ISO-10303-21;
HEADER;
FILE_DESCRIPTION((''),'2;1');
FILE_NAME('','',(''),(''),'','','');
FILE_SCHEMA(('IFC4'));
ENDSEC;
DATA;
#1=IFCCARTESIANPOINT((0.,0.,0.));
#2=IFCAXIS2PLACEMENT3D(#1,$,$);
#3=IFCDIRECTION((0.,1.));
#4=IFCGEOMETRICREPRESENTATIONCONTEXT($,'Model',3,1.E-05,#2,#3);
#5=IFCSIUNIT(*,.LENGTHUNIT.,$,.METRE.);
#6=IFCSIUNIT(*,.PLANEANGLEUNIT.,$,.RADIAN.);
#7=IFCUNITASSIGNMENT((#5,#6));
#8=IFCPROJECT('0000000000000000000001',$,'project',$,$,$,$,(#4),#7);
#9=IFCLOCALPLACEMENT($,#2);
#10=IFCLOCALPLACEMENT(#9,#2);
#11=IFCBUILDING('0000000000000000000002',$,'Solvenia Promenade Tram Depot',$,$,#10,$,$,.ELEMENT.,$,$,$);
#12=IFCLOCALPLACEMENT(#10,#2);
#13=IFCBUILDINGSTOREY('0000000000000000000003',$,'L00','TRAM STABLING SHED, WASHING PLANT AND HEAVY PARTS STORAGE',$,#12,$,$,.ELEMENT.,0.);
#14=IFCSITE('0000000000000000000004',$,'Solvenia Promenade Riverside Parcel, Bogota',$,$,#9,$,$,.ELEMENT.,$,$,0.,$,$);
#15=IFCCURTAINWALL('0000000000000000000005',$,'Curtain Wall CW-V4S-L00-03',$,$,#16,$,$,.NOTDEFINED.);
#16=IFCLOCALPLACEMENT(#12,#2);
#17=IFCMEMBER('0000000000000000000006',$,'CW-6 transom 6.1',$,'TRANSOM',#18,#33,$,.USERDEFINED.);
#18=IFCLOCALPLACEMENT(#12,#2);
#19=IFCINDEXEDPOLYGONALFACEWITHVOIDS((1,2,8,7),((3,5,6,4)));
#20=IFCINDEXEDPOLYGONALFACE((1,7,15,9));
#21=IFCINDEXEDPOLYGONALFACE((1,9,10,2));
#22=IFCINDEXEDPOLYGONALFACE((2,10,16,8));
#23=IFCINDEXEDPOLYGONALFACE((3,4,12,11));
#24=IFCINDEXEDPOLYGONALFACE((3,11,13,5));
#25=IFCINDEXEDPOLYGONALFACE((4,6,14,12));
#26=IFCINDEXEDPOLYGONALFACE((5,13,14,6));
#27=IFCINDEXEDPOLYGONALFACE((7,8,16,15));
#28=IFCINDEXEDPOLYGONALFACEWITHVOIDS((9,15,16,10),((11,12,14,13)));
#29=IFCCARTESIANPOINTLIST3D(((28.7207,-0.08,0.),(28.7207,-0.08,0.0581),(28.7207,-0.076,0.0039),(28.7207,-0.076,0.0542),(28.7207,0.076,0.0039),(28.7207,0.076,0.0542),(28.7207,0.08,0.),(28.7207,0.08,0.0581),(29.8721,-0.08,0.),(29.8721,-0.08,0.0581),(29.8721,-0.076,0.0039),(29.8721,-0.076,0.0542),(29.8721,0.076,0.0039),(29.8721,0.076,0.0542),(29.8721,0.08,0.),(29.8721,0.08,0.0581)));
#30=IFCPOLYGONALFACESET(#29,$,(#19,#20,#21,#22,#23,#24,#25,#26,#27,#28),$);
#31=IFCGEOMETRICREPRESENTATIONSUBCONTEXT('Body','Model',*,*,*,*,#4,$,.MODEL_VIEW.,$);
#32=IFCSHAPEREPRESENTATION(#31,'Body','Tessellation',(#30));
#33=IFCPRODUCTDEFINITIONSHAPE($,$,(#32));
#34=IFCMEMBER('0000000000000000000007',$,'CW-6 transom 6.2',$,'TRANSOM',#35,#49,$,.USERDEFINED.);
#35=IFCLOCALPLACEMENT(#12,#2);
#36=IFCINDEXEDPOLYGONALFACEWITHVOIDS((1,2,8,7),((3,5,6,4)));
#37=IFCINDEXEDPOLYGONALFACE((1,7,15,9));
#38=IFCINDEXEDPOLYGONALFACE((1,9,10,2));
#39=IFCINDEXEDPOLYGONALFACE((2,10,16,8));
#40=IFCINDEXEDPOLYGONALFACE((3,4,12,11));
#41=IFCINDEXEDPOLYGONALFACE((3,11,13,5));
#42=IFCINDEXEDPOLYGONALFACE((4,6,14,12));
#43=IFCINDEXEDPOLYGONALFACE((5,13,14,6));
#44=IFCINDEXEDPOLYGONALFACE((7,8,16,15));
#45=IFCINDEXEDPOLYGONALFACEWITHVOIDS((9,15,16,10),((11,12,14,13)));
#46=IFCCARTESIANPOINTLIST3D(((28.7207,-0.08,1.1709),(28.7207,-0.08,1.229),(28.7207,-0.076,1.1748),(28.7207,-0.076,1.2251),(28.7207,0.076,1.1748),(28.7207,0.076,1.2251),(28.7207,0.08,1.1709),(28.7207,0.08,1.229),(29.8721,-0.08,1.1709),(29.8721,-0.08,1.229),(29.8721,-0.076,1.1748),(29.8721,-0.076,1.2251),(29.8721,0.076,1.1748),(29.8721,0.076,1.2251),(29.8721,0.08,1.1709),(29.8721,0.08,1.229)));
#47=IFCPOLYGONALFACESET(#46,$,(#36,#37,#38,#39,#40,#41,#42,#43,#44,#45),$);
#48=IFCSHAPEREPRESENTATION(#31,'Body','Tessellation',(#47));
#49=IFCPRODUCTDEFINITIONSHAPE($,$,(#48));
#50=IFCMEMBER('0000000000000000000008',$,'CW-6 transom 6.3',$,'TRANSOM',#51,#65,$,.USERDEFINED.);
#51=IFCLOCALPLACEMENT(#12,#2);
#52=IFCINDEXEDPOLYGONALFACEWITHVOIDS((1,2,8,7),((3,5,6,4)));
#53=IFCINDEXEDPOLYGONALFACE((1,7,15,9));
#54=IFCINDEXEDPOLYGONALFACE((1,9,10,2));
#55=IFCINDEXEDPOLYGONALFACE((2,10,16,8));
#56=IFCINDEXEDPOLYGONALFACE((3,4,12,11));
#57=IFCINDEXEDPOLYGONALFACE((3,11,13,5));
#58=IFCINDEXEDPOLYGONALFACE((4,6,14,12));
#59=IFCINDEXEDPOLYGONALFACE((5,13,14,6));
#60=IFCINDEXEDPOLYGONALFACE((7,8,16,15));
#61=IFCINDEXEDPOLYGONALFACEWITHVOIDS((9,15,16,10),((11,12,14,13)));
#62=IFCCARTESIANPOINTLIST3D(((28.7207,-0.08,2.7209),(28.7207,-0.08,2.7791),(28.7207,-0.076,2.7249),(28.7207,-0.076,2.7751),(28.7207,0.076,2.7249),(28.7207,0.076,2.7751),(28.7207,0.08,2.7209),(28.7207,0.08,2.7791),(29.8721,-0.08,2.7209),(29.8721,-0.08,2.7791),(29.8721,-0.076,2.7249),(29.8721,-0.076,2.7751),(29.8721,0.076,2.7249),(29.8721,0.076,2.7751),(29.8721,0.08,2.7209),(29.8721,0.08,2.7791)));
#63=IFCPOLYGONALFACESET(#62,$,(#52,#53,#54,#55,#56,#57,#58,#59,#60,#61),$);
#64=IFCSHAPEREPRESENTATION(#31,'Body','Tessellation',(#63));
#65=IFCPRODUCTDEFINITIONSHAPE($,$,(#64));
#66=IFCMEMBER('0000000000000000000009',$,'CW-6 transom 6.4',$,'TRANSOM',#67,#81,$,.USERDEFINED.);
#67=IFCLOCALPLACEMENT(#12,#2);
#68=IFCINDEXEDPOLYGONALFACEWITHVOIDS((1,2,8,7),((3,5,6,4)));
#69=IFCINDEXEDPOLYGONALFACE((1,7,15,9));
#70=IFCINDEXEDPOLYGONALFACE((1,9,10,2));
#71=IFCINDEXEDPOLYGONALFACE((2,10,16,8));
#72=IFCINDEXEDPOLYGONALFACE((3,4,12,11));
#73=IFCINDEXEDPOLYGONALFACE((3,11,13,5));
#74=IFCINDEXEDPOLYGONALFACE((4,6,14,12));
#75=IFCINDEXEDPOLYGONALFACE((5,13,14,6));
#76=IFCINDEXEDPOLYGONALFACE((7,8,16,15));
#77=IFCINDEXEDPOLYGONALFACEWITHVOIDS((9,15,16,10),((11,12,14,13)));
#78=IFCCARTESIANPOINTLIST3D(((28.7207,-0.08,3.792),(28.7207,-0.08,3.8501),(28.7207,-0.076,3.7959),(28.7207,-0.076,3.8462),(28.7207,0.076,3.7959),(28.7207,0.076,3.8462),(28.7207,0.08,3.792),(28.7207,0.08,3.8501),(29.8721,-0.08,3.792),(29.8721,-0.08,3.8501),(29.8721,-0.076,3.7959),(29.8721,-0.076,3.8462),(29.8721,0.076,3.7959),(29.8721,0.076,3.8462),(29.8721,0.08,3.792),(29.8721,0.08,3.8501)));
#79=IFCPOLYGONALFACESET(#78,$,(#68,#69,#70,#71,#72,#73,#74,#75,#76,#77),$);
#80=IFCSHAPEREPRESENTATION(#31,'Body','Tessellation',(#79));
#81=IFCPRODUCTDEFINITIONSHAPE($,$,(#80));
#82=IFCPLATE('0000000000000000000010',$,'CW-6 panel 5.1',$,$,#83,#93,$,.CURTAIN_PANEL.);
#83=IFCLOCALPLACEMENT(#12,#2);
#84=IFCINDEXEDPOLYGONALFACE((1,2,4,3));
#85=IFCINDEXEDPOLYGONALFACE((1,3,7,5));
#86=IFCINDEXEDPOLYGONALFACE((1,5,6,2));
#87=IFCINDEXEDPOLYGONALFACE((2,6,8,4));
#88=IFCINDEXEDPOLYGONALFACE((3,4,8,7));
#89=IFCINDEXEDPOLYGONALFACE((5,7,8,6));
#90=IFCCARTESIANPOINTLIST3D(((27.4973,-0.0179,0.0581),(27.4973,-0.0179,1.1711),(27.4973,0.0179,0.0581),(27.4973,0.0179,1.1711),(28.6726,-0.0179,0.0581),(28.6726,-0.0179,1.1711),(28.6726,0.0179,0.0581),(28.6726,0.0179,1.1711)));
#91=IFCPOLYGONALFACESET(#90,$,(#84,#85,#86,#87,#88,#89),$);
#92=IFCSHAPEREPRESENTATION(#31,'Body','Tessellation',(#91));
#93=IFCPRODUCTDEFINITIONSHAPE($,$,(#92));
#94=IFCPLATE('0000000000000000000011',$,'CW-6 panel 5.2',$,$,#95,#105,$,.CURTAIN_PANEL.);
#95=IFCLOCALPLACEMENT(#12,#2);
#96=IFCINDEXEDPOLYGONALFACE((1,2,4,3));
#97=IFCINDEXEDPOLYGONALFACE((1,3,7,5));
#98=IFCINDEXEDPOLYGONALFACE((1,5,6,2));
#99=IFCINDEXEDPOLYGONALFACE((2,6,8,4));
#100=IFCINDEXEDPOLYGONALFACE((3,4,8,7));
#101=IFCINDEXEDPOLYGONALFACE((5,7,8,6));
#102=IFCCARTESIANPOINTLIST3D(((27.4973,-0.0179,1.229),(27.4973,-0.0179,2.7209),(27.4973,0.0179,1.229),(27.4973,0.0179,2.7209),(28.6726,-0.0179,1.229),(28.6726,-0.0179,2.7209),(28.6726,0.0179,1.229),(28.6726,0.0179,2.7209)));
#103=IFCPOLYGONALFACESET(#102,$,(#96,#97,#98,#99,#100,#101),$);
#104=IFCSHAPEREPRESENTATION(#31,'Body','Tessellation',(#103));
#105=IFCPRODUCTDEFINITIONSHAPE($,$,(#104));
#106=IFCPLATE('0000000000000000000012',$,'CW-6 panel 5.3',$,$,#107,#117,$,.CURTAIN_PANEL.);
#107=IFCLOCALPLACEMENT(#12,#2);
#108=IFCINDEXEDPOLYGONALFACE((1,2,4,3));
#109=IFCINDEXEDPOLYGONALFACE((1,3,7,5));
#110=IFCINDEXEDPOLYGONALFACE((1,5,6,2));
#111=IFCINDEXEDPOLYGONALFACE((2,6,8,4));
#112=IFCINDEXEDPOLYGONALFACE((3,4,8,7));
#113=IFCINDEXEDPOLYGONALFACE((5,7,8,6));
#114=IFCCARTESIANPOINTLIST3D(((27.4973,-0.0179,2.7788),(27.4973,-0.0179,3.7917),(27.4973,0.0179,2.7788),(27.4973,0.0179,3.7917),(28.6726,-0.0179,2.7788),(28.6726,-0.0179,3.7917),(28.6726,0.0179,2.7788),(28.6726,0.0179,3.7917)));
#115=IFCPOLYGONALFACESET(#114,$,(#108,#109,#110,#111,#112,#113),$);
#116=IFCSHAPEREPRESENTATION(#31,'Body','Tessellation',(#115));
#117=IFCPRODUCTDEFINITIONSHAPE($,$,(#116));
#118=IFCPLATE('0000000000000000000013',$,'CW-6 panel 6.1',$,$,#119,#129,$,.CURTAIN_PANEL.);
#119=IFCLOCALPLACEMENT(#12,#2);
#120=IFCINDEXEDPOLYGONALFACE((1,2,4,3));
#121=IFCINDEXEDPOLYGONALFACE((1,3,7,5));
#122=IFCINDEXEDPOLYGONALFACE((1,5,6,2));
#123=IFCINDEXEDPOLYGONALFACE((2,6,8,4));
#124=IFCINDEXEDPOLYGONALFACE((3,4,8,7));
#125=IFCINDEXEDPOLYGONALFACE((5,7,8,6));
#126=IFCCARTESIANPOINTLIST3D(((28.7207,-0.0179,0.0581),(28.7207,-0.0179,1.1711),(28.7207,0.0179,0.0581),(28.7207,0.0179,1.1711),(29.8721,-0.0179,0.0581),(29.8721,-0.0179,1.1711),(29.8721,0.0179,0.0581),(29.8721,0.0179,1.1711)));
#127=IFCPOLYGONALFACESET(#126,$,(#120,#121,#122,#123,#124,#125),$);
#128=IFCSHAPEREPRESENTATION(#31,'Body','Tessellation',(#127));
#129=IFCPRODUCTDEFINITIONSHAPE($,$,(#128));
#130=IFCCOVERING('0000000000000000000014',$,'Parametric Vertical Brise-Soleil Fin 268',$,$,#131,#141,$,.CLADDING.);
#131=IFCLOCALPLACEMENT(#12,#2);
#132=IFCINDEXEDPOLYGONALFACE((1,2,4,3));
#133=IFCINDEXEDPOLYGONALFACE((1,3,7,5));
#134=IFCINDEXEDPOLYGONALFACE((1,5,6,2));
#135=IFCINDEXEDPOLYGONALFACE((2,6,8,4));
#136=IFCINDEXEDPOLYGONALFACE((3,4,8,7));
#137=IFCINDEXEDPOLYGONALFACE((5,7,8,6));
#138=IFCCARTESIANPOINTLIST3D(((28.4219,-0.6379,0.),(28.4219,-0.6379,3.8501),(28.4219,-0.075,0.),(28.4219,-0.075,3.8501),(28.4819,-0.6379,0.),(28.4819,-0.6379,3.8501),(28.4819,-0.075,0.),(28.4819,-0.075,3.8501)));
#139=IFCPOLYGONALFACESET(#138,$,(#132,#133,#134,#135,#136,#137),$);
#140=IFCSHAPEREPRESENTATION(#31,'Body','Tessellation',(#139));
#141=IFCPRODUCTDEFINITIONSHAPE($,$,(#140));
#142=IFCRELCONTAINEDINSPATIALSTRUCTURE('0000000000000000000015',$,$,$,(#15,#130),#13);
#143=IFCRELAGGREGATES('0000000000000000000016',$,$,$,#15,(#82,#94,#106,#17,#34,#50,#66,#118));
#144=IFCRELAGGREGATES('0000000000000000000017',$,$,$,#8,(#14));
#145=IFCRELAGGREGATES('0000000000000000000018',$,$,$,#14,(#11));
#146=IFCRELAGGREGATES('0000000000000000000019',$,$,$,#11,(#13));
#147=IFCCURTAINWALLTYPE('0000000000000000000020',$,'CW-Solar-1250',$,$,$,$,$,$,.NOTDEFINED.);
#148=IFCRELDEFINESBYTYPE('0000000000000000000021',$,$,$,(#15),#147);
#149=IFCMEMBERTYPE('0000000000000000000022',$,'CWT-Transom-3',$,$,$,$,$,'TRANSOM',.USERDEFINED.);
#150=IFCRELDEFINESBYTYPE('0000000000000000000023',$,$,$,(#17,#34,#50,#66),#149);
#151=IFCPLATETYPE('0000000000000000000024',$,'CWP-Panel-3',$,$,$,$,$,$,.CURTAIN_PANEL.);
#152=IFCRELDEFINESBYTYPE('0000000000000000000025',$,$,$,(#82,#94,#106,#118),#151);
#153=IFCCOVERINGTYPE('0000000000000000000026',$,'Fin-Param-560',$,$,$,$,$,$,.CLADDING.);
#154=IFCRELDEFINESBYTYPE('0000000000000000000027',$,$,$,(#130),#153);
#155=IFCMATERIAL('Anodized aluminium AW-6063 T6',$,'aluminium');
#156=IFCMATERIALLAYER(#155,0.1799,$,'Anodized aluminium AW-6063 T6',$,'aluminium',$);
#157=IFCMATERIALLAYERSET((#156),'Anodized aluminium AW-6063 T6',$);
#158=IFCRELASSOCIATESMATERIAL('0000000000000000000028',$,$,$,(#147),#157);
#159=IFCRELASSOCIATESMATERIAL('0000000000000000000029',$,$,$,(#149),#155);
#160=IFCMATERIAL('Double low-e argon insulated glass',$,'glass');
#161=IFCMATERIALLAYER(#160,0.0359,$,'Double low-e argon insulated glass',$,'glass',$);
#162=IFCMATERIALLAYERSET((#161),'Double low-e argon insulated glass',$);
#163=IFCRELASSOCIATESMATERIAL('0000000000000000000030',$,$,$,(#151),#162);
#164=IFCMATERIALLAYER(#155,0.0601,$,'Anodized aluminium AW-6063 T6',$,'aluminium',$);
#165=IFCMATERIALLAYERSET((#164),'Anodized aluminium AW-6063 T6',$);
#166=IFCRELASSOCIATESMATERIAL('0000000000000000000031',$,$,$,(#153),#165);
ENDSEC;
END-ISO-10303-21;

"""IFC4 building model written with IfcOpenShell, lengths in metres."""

from ifc_helpers import new_model, si_unit, direction, frame, origin, origin_2d, place, context, subcontext, project, spatial, rectangle, hollow_rectangle, extrude, material, layer, layer_set, material_profile, profile_set, type_object, element, aggregate, save


model = new_model("IFC4")

# Units and contexts
model_context = context("Model", 3, precision=1e-05, world=origin(), true_north=direction((0.0, 1.0)))
body_context = subcontext(model_context, "Body", "Model", "MODEL_VIEW")
ifc_project = project(units=[si_unit("LENGTHUNIT", "METRE"), si_unit("PLANEANGLEUNIT", "RADIAN")], contexts=[model_context])

# Site, building, storey
site_placement = place(None, origin())
site = spatial("IfcSite", under=ifc_project, at=site_placement, Name="Solvenia Promenade Riverside Parcel, Bogota", CompositionType="ELEMENT", RefElevation=0.0)
building_placement = place(site_placement, origin())
building = spatial("IfcBuilding", under=site, at=building_placement, Name="Solvenia Promenade Tram Depot", CompositionType="ELEMENT")
storey_placement = place(building_placement, origin())
storey = spatial("IfcBuildingStorey", under=building, at=storey_placement, Name="L00", Description="TRAM STABLING SHED, WASHING PLANT AND HEAVY PARTS STORAGE", CompositionType="ELEMENT", Elevation=0.0)

# Curtain wall, members, plates
ifc_material_1 = material(Name="Anodized aluminium AW-6063 T6", Category="aluminium")
ifc_layer_1 = layer(ifc_material_1, 0.1799, Name="Anodized aluminium AW-6063 T6", Category="aluminium")
ifc_layer_set_1 = layer_set([ifc_layer_1], Name="Anodized aluminium AW-6063 T6")
curtain_wall_type = type_object("IfcCurtainWallType", Name="CW-Solar-1250", PredefinedType="NOTDEFINED", material=ifc_layer_set_1)
curtain_wall_placement = place(storey_placement, origin())
curtain_wall = element("IfcCurtainWall", 1, at=curtain_wall_placement, inside=storey, type_object=curtain_wall_type, Name="Curtain Wall CW-V4S-L00-03", PredefinedType="NOTDEFINED")
ifc_material_profile_1 = material_profile(ifc_material_1, hollow_rectangle(XDim=0.1599, YDim=0.0581, WallThickness=0.0039, at=origin_2d()), Name="ALU-T3", Category="aluminium")
ifc_profile_set_1 = profile_set([ifc_material_profile_1], Name="Anodized aluminium AW-6063 T6")
member_type_1 = type_object("IfcMemberType", Name="CWT-Transom-3", ElementType="TRANSOM", PredefinedType="USERDEFINED", material=ifc_profile_set_1)
member_1_placement = place(storey_placement, frame((28.7207, 0.0, 0.0291), z_axis=(1.0, 0.0, 0.0), x_axis=(0.0, 1.0, 0.0)))
member_1 = element("IfcMember", 2, at=member_1_placement, type_object=member_type_1, Name="CW-6 transom 6.1", ObjectType="TRANSOM", PredefinedType="USERDEFINED", context=body_context, shape_type="SweptSolid", body=[
    extrude(hollow_rectangle(XDim=0.1599, YDim=0.0581, WallThickness=0.0039, at=origin_2d()), origin(), (0.0, 0.0, 1.0), 1.1514),
])
member_2_placement = place(storey_placement, frame((28.7207, 0.0, 1.2), z_axis=(1.0, 0.0, 0.0), x_axis=(0.0, 1.0, 0.0)))
member_2 = element("IfcMember", 3, at=member_2_placement, type_object=member_type_1, Name="CW-6 transom 6.2", ObjectType="TRANSOM", PredefinedType="USERDEFINED", context=body_context, shape_type="SweptSolid", body=[
    extrude(hollow_rectangle(XDim=0.1599, YDim=0.0581, WallThickness=0.0039, at=origin_2d()), origin(), (0.0, 0.0, 1.0), 1.1514),
])
member_3_placement = place(storey_placement, frame((28.7207, 0.0, 2.75), z_axis=(1.0, 0.0, 0.0), x_axis=(0.0, 1.0, 0.0)))
member_3 = element("IfcMember", 4, at=member_3_placement, type_object=member_type_1, Name="CW-6 transom 6.3", ObjectType="TRANSOM", PredefinedType="USERDEFINED", context=body_context, shape_type="SweptSolid", body=[
    extrude(hollow_rectangle(XDim=0.1599, YDim=0.0581, WallThickness=0.0039, at=origin_2d()), origin(), (0.0, 0.0, 1.0), 1.1514),
])
member_4_placement = place(storey_placement, frame((28.7207, 0.0, 3.821), z_axis=(1.0, 0.0, 0.0), x_axis=(0.0, 1.0, 0.0)))
member_4 = element("IfcMember", 5, at=member_4_placement, type_object=member_type_1, Name="CW-6 transom 6.4", ObjectType="TRANSOM", PredefinedType="USERDEFINED", context=body_context, shape_type="SweptSolid", body=[
    extrude(hollow_rectangle(XDim=0.1599, YDim=0.0581, WallThickness=0.0039, at=origin_2d()), origin(), (0.0, 0.0, 1.0), 1.1514),
])
ifc_material_2 = material(Name="Double low-e argon insulated glass", Category="glass")
ifc_layer_2 = layer(ifc_material_2, 0.0359, Name="Double low-e argon insulated glass", Category="glass")
ifc_layer_set_2 = layer_set([ifc_layer_2], Name="Double low-e argon insulated glass")
plate_type = type_object("IfcPlateType", Name="CWP-Panel-3", PredefinedType="CURTAIN_PANEL", material=ifc_layer_set_2)
plate_1_placement = place(storey_placement, frame((28.085, 0.0, 0.0581), z_axis=(0.0, 0.0, 1.0), x_axis=(1.0, 0.0, 0.0)))
plate_1 = element("IfcPlate", 6, at=plate_1_placement, type_object=plate_type, Name="CW-6 panel 5.1", PredefinedType="CURTAIN_PANEL", context=body_context, shape_type="SweptSolid", body=[
    extrude(rectangle(XDim=1.1753, YDim=0.0359, at=origin_2d()), origin(), (0.0, 0.0, 1.0), 1.113),
])
plate_2_placement = place(storey_placement, frame((28.085, 0.0, 1.229), z_axis=(0.0, 0.0, 1.0), x_axis=(1.0, 0.0, 0.0)))
plate_2 = element("IfcPlate", 7, at=plate_2_placement, type_object=plate_type, Name="CW-6 panel 5.2", PredefinedType="CURTAIN_PANEL", context=body_context, shape_type="SweptSolid", body=[
    extrude(rectangle(XDim=1.1753, YDim=0.0359, at=origin_2d()), origin(), (0.0, 0.0, 1.0), 1.4919),
])
plate_3_placement = place(storey_placement, frame((28.085, 0.0, 2.7788), z_axis=(0.0, 0.0, 1.0), x_axis=(1.0, 0.0, 0.0)))
plate_3 = element("IfcPlate", 8, at=plate_3_placement, type_object=plate_type, Name="CW-6 panel 5.3", PredefinedType="CURTAIN_PANEL", context=body_context, shape_type="SweptSolid", body=[
    extrude(rectangle(XDim=1.1753, YDim=0.0359, at=origin_2d()), origin(), (0.0, 0.0, 1.0), 1.0129),
])
plate_4_placement = place(storey_placement, frame((29.2964, 0.0, 0.0581), z_axis=(0.0, 0.0, 1.0), x_axis=(1.0, 0.0, 0.0)))
plate_4 = element("IfcPlate", 9, at=plate_4_placement, type_object=plate_type, Name="CW-6 panel 6.1", PredefinedType="CURTAIN_PANEL", context=body_context, shape_type="SweptSolid", body=[
    extrude(rectangle(XDim=1.1514, YDim=0.0359, at=origin_2d()), origin(), (0.0, 0.0, 1.0), 1.113),
])
aggregate(curtain_wall, [plate_1, plate_2, plate_3, member_1, member_2, member_3, member_4, plate_4])

# Covering
ifc_layer_3 = layer(ifc_material_1, 0.0601, Name="Anodized aluminium AW-6063 T6", Category="aluminium")
ifc_layer_set_3 = layer_set([ifc_layer_3], Name="Anodized aluminium AW-6063 T6")
covering_type = type_object("IfcCoveringType", Name="Fin-Param-560", PredefinedType="CLADDING", material=ifc_layer_set_3)
covering_placement = place(storey_placement, frame((28.4519, -0.3564, 0.0), z_axis=(0.0, 0.0, 1.0), x_axis=(1.0, 0.0, 0.0)))
element("IfcCovering", 10, at=covering_placement, inside=storey, type_object=covering_type, Name="Parametric Vertical Brise-Soleil Fin 268", PredefinedType="CLADDING", context=body_context, shape_type="SweptSolid", body=[
    extrude(rectangle(XDim=0.0601, YDim=0.563, at=origin_2d()), origin(), (0.0, 0.0, 1.0), 3.8501),
])

save(model, "model.ifc")
